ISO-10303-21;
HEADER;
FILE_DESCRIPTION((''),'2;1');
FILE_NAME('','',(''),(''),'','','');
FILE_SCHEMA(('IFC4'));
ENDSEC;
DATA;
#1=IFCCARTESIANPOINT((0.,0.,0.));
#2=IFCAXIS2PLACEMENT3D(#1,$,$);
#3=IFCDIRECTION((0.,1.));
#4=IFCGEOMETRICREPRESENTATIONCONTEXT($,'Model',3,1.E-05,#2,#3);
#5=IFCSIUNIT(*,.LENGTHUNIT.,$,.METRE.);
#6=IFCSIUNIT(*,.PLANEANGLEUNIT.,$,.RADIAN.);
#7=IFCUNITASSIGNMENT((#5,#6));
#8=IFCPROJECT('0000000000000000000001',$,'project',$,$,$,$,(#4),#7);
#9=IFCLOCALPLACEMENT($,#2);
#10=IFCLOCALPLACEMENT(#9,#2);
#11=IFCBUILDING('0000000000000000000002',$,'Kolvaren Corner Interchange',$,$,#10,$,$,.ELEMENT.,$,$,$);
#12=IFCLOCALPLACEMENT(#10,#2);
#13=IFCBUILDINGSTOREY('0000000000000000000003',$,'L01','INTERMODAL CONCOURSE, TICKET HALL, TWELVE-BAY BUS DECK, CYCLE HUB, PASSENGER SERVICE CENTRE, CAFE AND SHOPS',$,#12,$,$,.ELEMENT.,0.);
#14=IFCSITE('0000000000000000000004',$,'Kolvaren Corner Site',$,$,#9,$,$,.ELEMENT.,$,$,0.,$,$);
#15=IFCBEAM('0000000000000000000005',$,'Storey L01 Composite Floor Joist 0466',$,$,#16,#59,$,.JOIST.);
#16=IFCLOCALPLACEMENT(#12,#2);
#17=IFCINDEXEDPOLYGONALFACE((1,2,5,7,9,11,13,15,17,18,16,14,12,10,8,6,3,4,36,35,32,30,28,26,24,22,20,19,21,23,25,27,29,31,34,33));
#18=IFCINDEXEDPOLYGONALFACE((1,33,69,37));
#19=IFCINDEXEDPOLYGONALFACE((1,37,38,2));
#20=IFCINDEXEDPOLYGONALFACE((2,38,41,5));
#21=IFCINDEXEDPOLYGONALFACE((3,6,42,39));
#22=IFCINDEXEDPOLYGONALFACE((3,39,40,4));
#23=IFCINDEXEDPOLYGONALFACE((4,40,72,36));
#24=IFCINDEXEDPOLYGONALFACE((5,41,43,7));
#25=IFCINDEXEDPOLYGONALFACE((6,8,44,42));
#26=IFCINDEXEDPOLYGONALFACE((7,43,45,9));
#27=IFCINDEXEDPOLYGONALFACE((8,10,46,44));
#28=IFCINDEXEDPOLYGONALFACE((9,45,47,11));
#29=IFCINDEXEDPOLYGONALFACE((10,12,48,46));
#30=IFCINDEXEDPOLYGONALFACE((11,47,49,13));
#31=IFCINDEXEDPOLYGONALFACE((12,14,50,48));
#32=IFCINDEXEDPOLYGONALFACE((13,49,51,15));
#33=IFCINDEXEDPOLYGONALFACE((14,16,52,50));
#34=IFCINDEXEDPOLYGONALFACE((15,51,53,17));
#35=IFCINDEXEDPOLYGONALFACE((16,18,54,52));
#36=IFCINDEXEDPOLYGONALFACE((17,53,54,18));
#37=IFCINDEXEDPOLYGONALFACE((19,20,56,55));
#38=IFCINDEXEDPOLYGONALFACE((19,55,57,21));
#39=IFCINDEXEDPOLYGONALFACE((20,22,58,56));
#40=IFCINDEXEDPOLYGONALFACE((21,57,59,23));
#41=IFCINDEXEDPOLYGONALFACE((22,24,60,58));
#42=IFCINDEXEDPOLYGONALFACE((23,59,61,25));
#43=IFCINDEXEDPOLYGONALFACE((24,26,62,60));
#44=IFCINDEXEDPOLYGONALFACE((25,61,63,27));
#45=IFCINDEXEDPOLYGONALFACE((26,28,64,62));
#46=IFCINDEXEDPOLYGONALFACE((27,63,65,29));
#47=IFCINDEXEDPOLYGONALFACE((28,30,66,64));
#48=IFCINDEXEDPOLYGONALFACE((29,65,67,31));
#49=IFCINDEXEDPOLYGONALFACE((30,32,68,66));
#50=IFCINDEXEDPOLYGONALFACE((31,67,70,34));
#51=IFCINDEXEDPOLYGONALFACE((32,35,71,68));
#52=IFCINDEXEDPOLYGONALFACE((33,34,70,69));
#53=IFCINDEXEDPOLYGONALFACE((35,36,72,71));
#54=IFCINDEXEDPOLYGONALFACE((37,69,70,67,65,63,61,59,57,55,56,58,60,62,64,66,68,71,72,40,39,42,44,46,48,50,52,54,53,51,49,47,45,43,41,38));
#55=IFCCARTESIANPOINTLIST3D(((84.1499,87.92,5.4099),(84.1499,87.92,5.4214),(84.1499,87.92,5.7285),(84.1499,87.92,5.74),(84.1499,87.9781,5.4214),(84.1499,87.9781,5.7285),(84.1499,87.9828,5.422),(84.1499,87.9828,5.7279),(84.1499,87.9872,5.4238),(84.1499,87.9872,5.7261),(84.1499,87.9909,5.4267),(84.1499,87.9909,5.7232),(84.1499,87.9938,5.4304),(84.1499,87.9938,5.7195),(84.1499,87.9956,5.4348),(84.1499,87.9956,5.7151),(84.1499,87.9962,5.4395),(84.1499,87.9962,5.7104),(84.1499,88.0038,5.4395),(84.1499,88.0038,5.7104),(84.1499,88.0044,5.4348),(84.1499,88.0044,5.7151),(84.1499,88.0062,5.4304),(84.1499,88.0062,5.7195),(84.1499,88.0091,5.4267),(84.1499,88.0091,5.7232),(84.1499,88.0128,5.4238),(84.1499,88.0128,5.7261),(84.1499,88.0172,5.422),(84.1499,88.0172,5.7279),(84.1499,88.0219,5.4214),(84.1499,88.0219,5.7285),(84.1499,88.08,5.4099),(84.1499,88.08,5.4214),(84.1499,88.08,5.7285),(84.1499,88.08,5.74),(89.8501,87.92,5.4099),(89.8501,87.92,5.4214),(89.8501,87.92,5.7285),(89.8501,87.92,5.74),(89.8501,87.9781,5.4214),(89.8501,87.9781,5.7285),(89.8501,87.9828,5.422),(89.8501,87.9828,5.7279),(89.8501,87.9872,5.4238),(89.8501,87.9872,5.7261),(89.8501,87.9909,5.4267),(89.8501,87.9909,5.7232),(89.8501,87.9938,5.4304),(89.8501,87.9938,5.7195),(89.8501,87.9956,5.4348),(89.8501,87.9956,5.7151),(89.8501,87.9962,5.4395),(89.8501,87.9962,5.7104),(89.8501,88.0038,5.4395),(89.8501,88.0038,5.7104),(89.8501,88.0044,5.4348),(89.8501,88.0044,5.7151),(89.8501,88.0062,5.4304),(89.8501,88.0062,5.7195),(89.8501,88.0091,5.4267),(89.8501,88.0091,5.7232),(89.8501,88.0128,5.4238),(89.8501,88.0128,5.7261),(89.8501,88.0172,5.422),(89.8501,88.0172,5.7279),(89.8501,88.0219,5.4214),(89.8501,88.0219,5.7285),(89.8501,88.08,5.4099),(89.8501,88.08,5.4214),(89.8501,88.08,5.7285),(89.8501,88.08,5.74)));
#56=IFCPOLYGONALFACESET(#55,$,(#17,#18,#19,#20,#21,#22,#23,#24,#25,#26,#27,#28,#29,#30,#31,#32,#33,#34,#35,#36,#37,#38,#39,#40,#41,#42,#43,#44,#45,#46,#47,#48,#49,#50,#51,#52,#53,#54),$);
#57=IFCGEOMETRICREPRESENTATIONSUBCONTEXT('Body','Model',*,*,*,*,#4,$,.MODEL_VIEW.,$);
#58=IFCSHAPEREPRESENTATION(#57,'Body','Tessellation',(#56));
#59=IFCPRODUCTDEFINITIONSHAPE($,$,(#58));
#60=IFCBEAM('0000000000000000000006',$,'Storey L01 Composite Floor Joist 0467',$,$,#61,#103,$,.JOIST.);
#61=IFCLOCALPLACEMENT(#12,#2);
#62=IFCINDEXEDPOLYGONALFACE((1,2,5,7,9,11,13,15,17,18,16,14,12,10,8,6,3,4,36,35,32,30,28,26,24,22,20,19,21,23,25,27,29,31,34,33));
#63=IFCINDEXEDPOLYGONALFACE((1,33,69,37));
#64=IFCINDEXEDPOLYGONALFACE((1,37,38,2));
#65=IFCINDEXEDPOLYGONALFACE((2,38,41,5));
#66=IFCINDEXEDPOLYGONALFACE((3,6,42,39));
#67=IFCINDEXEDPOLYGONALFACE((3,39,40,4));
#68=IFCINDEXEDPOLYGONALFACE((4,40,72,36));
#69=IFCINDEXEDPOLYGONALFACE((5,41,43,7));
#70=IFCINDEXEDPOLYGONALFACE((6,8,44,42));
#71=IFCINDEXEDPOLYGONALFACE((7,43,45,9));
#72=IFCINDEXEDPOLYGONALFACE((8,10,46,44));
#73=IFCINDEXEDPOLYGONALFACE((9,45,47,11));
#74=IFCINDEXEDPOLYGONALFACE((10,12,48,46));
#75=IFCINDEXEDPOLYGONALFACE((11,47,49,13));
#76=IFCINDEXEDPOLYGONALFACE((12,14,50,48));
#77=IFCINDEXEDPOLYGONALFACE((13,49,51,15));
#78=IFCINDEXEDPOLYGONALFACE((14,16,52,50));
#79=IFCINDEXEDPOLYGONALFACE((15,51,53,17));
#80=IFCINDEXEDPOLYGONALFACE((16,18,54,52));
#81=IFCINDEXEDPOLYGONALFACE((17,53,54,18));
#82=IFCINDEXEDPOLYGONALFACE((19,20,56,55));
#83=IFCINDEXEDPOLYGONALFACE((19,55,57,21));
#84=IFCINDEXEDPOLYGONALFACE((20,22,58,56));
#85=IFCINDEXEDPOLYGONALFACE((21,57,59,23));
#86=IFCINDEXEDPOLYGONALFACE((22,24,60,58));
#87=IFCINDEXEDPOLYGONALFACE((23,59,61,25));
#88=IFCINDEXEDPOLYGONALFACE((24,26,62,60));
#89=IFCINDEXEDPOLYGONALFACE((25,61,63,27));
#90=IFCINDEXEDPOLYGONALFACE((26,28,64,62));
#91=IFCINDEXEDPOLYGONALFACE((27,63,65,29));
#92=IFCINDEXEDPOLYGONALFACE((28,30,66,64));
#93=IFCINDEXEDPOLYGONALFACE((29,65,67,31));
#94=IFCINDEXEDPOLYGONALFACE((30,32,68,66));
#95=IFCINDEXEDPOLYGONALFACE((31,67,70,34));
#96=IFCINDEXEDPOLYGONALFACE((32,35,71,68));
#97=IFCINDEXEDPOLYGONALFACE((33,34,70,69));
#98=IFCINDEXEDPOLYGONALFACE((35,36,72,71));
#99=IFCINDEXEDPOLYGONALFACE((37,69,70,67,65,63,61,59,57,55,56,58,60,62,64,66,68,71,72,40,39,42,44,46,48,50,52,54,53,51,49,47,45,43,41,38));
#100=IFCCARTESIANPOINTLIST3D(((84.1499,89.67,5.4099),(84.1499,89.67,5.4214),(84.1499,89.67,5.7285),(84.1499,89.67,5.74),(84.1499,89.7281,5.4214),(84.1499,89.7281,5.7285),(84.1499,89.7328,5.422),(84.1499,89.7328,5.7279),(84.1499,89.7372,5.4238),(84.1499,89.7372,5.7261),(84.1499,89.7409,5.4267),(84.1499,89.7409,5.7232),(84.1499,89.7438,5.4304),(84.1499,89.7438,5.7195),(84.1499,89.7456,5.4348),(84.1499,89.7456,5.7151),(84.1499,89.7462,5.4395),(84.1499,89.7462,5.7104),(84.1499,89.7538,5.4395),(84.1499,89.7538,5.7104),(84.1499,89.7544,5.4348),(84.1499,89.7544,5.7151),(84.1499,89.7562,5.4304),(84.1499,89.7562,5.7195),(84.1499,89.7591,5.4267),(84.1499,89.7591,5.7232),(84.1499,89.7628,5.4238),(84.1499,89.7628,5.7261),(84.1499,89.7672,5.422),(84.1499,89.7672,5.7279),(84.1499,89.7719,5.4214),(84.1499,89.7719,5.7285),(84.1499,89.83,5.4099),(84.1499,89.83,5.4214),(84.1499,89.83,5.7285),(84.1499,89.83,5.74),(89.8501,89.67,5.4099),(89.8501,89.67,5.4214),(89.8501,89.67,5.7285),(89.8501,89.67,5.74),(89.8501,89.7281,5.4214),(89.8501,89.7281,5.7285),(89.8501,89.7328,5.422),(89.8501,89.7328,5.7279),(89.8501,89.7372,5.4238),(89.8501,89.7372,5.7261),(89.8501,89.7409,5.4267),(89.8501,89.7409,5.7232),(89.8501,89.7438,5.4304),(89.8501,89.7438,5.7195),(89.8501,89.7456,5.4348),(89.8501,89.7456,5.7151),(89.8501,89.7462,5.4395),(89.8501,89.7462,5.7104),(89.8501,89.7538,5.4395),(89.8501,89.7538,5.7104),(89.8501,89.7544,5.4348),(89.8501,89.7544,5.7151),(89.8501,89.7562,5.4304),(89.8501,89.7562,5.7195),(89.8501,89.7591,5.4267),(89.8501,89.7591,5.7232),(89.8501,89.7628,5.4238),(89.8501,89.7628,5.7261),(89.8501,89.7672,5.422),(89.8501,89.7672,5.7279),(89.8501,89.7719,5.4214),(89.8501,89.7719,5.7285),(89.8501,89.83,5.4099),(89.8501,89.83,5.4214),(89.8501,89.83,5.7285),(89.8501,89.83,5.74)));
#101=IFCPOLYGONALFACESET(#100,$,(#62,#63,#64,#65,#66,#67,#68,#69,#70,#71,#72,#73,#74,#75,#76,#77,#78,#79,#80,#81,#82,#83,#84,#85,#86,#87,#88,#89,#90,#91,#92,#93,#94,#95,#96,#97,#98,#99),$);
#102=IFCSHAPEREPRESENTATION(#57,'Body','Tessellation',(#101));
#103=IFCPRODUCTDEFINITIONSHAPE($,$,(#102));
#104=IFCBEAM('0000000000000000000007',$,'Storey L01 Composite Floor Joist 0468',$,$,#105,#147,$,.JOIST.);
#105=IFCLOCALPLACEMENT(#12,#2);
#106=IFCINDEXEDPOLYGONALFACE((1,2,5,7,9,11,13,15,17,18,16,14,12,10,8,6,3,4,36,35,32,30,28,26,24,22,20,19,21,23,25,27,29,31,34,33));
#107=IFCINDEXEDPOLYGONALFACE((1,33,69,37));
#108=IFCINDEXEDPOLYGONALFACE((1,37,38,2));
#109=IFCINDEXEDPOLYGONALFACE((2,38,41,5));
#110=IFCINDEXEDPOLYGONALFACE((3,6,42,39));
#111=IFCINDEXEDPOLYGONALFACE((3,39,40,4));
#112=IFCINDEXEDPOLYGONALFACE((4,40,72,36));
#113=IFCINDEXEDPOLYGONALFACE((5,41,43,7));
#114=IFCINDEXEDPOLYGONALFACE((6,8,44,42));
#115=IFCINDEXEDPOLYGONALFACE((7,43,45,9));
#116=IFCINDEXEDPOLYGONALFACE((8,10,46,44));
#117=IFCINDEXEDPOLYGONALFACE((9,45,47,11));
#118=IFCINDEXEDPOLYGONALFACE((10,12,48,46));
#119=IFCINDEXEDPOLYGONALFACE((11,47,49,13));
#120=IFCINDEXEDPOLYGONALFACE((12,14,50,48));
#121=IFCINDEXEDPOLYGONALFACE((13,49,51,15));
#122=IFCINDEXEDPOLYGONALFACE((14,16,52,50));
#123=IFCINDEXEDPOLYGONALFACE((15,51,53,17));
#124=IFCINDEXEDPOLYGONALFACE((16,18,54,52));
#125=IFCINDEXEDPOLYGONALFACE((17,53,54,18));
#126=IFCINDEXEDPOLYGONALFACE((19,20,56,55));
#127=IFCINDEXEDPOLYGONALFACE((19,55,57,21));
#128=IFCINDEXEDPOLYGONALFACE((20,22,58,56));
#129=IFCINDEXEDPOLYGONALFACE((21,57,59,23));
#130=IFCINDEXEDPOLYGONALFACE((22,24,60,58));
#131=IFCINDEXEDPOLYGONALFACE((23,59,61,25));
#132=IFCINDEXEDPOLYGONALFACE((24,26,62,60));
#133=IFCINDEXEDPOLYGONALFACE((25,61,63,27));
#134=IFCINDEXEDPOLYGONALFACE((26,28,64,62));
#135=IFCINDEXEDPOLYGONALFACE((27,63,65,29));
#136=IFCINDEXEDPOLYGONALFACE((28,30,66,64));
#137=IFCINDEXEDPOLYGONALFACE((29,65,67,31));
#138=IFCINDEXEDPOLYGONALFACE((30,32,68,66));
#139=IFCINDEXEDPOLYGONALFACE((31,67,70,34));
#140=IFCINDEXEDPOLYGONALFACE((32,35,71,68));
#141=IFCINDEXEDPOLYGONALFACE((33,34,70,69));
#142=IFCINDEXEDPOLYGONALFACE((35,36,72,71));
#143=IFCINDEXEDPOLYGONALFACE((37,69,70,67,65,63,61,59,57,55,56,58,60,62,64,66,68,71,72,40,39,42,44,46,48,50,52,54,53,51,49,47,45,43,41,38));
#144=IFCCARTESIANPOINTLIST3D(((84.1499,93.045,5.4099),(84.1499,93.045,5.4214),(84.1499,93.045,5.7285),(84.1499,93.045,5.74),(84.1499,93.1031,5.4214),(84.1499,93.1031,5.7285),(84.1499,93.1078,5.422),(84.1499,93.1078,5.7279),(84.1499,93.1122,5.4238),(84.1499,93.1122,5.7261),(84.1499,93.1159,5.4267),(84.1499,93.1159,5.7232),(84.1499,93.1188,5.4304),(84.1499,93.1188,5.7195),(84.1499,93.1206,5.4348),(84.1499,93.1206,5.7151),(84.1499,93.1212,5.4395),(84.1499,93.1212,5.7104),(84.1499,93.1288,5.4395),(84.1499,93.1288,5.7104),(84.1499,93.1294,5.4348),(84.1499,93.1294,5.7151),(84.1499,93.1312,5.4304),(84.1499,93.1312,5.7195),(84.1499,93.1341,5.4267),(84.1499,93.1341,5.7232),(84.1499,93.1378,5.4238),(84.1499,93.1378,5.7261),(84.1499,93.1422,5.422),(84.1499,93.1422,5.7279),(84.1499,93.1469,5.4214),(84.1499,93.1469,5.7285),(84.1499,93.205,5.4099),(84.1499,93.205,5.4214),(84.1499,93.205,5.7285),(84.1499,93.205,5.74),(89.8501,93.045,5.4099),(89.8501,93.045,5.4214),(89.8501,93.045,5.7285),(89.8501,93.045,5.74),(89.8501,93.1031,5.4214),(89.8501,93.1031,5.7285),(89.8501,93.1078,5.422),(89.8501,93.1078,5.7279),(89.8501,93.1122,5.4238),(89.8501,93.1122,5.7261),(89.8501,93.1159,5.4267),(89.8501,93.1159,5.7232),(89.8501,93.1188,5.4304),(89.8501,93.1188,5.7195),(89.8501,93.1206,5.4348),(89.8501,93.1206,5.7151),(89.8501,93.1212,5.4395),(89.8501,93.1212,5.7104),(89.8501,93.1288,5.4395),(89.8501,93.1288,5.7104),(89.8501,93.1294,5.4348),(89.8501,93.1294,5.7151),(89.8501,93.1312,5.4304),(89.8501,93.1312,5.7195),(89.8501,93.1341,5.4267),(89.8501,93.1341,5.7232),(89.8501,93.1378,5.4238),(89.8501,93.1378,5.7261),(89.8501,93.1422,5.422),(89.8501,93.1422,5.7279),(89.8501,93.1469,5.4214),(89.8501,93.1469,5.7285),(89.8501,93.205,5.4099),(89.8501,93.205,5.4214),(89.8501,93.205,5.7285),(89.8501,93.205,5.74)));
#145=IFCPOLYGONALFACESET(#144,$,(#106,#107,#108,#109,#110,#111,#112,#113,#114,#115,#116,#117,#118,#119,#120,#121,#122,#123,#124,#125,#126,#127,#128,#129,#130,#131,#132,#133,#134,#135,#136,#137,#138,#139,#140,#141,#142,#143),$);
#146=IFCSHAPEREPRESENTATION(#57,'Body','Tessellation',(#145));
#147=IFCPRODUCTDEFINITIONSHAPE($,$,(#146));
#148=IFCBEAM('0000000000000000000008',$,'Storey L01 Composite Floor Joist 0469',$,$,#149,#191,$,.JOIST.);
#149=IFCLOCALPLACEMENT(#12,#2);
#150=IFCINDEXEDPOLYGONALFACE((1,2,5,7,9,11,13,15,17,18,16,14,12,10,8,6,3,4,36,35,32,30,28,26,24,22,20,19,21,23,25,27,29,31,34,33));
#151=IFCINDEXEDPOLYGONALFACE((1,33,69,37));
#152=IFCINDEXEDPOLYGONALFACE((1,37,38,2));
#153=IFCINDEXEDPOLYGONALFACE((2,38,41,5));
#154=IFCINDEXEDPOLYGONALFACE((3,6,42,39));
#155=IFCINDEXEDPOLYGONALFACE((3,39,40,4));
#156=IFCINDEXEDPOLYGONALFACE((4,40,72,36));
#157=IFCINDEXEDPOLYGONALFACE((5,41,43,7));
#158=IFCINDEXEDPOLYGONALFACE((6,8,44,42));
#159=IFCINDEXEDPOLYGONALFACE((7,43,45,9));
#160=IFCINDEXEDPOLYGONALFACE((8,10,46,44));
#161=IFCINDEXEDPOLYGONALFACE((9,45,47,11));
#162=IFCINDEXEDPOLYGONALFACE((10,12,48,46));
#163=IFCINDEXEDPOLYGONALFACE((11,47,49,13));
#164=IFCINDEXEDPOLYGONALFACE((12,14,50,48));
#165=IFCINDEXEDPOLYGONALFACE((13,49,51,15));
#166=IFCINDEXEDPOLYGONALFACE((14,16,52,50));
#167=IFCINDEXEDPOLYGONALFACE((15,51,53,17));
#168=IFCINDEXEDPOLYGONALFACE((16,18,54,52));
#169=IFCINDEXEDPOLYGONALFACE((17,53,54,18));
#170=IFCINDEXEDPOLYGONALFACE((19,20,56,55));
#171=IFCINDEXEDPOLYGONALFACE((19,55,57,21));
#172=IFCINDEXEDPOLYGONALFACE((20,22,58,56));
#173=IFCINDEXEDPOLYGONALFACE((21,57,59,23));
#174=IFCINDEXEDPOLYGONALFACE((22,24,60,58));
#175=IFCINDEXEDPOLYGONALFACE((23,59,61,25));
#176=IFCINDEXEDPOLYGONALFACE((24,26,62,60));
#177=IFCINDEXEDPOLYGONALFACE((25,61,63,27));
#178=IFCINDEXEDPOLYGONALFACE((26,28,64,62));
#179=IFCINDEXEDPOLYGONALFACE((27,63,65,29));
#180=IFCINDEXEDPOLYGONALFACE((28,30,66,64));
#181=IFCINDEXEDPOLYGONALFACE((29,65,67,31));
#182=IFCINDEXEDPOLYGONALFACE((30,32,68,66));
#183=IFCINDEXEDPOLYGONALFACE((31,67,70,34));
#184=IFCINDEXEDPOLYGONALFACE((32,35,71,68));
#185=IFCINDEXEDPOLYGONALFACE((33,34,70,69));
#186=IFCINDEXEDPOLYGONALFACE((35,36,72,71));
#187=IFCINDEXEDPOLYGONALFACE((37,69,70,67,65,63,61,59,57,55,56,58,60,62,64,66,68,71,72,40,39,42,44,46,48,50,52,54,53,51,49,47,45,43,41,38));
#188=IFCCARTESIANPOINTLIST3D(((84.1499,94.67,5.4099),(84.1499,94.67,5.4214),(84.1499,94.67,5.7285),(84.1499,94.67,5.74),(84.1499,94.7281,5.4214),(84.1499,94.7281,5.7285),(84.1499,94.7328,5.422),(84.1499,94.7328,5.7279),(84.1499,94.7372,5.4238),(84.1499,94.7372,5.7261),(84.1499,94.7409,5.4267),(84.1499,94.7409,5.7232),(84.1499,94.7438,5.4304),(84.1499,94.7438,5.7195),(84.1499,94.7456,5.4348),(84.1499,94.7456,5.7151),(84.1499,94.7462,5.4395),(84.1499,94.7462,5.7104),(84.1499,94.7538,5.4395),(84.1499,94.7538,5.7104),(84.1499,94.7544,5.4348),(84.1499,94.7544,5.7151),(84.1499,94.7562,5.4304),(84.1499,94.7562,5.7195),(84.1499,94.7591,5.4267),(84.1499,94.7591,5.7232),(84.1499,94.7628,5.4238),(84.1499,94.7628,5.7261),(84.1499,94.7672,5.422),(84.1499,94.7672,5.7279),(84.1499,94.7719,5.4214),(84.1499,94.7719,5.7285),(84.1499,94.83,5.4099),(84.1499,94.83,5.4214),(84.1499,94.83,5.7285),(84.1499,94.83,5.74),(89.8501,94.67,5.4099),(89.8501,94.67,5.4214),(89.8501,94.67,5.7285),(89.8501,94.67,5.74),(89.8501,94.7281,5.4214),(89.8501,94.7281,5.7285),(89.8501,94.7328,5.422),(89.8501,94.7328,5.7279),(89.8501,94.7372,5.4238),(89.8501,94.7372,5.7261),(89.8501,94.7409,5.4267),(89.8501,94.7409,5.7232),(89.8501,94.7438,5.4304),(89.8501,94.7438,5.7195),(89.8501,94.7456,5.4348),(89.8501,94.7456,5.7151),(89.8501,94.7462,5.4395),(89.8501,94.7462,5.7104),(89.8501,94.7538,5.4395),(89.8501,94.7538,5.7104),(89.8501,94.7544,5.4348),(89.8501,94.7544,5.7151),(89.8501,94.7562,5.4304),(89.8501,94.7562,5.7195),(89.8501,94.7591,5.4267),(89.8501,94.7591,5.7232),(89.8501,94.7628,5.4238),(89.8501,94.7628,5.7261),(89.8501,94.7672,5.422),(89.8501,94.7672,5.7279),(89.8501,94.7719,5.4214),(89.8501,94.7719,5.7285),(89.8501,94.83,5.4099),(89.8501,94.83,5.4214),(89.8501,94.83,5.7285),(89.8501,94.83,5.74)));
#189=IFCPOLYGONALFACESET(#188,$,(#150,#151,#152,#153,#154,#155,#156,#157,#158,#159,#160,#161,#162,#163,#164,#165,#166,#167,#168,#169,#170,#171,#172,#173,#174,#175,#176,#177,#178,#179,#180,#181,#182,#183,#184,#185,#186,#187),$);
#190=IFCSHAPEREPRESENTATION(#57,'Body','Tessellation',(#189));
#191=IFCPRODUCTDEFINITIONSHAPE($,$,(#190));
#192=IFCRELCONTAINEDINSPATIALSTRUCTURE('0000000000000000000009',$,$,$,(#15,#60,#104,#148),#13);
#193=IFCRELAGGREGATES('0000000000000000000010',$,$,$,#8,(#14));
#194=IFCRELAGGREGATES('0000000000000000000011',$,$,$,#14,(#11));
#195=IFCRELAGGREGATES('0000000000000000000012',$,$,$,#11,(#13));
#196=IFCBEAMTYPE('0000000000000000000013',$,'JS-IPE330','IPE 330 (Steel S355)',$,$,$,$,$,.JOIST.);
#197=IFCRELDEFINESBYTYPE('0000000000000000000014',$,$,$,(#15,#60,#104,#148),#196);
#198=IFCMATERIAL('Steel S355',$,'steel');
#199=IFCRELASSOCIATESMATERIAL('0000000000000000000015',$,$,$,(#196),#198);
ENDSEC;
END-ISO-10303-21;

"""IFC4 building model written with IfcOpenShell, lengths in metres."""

from ifc_helpers import new_model, si_unit, direction, frame, origin, origin_2d, place, context, subcontext, project, spatial, i_section, extrude, material, material_profile, profile_set, type_object, element, save


model = new_model("IFC4")

# Units and contexts
model_context = context("Model", 3, precision=1e-05, world=origin(), true_north=direction((0.0, 1.0)))
body_context = subcontext(model_context, "Body", "Model", "MODEL_VIEW")
ifc_project = project(units=[si_unit("LENGTHUNIT", "METRE"), si_unit("PLANEANGLEUNIT", "RADIAN")], contexts=[model_context])

# Site, building, storey
site_placement = place(None, origin())
site = spatial("IfcSite", under=ifc_project, at=site_placement, Name="Kolvaren Corner Site", CompositionType="ELEMENT", RefElevation=0.0)
building_placement = place(site_placement, origin())
building = spatial("IfcBuilding", under=site, at=building_placement, Name="Kolvaren Corner Interchange", CompositionType="ELEMENT")
storey_placement = place(building_placement, origin())
storey = spatial("IfcBuildingStorey", under=building, at=storey_placement, Name="L01", Description="INTERMODAL CONCOURSE, TICKET HALL, TWELVE-BAY BUS DECK, CYCLE HUB, PASSENGER SERVICE CENTRE, CAFE AND SHOPS", CompositionType="ELEMENT", Elevation=0.0)

# Beams
ifc_material_1 = material(Name="Steel S355", Category="steel")
ifc_material_profile_1 = material_profile(ifc_material_1, i_section(OverallWidth=0.1599, OverallDepth=0.3301, WebThickness=0.0076, FlangeThickness=0.0115, FilletRadius=0.0181, at=origin_2d()), Name="IPE 330")
ifc_profile_set_1 = profile_set([ifc_material_profile_1], Name="Steel S355")
beam_type_1 = type_object("IfcBeamType", Name="JS-IPE330", Description="IPE 330 (Steel S355)", PredefinedType="JOIST", material=ifc_profile_set_1)
for number, where, z_axis, x_axis, name in (
    (1, (84.1499, 88.0, 5.575), (1.0, 0.0, 0.0), (0.0, 1.0, 0.0), "Storey L01 Composite Floor Joist 0466"),
    (2, (84.1499, 89.75, 5.575), (1.0, 0.0, 0.0), (0.0, 1.0, 0.0), "Storey L01 Composite Floor Joist 0467"),
    (3, (84.1499, 93.125, 5.575), (1.0, 0.0, 0.0), (0.0, 1.0, 0.0), "Storey L01 Composite Floor Joist 0468"),
    (4, (84.1499, 94.75, 5.575), (1.0, 0.0, 0.0), (0.0, 1.0, 0.0), "Storey L01 Composite Floor Joist 0469"),
):
    element("IfcBeam", number, at=place(storey_placement, frame(where, z_axis=z_axis, x_axis=x_axis)), inside=storey, type_object=beam_type_1, Name=name, PredefinedType="JOIST", context=body_context, shape_type="SweptSolid", body=[
        extrude(i_section(OverallWidth=0.1599, OverallDepth=0.3301, WebThickness=0.0076, FlangeThickness=0.0115, FilletRadius=0.0181, at=origin_2d()), origin(), (0.0, 0.0, 1.0), 5.7002),
    ])

save(model, "model.ifc")
